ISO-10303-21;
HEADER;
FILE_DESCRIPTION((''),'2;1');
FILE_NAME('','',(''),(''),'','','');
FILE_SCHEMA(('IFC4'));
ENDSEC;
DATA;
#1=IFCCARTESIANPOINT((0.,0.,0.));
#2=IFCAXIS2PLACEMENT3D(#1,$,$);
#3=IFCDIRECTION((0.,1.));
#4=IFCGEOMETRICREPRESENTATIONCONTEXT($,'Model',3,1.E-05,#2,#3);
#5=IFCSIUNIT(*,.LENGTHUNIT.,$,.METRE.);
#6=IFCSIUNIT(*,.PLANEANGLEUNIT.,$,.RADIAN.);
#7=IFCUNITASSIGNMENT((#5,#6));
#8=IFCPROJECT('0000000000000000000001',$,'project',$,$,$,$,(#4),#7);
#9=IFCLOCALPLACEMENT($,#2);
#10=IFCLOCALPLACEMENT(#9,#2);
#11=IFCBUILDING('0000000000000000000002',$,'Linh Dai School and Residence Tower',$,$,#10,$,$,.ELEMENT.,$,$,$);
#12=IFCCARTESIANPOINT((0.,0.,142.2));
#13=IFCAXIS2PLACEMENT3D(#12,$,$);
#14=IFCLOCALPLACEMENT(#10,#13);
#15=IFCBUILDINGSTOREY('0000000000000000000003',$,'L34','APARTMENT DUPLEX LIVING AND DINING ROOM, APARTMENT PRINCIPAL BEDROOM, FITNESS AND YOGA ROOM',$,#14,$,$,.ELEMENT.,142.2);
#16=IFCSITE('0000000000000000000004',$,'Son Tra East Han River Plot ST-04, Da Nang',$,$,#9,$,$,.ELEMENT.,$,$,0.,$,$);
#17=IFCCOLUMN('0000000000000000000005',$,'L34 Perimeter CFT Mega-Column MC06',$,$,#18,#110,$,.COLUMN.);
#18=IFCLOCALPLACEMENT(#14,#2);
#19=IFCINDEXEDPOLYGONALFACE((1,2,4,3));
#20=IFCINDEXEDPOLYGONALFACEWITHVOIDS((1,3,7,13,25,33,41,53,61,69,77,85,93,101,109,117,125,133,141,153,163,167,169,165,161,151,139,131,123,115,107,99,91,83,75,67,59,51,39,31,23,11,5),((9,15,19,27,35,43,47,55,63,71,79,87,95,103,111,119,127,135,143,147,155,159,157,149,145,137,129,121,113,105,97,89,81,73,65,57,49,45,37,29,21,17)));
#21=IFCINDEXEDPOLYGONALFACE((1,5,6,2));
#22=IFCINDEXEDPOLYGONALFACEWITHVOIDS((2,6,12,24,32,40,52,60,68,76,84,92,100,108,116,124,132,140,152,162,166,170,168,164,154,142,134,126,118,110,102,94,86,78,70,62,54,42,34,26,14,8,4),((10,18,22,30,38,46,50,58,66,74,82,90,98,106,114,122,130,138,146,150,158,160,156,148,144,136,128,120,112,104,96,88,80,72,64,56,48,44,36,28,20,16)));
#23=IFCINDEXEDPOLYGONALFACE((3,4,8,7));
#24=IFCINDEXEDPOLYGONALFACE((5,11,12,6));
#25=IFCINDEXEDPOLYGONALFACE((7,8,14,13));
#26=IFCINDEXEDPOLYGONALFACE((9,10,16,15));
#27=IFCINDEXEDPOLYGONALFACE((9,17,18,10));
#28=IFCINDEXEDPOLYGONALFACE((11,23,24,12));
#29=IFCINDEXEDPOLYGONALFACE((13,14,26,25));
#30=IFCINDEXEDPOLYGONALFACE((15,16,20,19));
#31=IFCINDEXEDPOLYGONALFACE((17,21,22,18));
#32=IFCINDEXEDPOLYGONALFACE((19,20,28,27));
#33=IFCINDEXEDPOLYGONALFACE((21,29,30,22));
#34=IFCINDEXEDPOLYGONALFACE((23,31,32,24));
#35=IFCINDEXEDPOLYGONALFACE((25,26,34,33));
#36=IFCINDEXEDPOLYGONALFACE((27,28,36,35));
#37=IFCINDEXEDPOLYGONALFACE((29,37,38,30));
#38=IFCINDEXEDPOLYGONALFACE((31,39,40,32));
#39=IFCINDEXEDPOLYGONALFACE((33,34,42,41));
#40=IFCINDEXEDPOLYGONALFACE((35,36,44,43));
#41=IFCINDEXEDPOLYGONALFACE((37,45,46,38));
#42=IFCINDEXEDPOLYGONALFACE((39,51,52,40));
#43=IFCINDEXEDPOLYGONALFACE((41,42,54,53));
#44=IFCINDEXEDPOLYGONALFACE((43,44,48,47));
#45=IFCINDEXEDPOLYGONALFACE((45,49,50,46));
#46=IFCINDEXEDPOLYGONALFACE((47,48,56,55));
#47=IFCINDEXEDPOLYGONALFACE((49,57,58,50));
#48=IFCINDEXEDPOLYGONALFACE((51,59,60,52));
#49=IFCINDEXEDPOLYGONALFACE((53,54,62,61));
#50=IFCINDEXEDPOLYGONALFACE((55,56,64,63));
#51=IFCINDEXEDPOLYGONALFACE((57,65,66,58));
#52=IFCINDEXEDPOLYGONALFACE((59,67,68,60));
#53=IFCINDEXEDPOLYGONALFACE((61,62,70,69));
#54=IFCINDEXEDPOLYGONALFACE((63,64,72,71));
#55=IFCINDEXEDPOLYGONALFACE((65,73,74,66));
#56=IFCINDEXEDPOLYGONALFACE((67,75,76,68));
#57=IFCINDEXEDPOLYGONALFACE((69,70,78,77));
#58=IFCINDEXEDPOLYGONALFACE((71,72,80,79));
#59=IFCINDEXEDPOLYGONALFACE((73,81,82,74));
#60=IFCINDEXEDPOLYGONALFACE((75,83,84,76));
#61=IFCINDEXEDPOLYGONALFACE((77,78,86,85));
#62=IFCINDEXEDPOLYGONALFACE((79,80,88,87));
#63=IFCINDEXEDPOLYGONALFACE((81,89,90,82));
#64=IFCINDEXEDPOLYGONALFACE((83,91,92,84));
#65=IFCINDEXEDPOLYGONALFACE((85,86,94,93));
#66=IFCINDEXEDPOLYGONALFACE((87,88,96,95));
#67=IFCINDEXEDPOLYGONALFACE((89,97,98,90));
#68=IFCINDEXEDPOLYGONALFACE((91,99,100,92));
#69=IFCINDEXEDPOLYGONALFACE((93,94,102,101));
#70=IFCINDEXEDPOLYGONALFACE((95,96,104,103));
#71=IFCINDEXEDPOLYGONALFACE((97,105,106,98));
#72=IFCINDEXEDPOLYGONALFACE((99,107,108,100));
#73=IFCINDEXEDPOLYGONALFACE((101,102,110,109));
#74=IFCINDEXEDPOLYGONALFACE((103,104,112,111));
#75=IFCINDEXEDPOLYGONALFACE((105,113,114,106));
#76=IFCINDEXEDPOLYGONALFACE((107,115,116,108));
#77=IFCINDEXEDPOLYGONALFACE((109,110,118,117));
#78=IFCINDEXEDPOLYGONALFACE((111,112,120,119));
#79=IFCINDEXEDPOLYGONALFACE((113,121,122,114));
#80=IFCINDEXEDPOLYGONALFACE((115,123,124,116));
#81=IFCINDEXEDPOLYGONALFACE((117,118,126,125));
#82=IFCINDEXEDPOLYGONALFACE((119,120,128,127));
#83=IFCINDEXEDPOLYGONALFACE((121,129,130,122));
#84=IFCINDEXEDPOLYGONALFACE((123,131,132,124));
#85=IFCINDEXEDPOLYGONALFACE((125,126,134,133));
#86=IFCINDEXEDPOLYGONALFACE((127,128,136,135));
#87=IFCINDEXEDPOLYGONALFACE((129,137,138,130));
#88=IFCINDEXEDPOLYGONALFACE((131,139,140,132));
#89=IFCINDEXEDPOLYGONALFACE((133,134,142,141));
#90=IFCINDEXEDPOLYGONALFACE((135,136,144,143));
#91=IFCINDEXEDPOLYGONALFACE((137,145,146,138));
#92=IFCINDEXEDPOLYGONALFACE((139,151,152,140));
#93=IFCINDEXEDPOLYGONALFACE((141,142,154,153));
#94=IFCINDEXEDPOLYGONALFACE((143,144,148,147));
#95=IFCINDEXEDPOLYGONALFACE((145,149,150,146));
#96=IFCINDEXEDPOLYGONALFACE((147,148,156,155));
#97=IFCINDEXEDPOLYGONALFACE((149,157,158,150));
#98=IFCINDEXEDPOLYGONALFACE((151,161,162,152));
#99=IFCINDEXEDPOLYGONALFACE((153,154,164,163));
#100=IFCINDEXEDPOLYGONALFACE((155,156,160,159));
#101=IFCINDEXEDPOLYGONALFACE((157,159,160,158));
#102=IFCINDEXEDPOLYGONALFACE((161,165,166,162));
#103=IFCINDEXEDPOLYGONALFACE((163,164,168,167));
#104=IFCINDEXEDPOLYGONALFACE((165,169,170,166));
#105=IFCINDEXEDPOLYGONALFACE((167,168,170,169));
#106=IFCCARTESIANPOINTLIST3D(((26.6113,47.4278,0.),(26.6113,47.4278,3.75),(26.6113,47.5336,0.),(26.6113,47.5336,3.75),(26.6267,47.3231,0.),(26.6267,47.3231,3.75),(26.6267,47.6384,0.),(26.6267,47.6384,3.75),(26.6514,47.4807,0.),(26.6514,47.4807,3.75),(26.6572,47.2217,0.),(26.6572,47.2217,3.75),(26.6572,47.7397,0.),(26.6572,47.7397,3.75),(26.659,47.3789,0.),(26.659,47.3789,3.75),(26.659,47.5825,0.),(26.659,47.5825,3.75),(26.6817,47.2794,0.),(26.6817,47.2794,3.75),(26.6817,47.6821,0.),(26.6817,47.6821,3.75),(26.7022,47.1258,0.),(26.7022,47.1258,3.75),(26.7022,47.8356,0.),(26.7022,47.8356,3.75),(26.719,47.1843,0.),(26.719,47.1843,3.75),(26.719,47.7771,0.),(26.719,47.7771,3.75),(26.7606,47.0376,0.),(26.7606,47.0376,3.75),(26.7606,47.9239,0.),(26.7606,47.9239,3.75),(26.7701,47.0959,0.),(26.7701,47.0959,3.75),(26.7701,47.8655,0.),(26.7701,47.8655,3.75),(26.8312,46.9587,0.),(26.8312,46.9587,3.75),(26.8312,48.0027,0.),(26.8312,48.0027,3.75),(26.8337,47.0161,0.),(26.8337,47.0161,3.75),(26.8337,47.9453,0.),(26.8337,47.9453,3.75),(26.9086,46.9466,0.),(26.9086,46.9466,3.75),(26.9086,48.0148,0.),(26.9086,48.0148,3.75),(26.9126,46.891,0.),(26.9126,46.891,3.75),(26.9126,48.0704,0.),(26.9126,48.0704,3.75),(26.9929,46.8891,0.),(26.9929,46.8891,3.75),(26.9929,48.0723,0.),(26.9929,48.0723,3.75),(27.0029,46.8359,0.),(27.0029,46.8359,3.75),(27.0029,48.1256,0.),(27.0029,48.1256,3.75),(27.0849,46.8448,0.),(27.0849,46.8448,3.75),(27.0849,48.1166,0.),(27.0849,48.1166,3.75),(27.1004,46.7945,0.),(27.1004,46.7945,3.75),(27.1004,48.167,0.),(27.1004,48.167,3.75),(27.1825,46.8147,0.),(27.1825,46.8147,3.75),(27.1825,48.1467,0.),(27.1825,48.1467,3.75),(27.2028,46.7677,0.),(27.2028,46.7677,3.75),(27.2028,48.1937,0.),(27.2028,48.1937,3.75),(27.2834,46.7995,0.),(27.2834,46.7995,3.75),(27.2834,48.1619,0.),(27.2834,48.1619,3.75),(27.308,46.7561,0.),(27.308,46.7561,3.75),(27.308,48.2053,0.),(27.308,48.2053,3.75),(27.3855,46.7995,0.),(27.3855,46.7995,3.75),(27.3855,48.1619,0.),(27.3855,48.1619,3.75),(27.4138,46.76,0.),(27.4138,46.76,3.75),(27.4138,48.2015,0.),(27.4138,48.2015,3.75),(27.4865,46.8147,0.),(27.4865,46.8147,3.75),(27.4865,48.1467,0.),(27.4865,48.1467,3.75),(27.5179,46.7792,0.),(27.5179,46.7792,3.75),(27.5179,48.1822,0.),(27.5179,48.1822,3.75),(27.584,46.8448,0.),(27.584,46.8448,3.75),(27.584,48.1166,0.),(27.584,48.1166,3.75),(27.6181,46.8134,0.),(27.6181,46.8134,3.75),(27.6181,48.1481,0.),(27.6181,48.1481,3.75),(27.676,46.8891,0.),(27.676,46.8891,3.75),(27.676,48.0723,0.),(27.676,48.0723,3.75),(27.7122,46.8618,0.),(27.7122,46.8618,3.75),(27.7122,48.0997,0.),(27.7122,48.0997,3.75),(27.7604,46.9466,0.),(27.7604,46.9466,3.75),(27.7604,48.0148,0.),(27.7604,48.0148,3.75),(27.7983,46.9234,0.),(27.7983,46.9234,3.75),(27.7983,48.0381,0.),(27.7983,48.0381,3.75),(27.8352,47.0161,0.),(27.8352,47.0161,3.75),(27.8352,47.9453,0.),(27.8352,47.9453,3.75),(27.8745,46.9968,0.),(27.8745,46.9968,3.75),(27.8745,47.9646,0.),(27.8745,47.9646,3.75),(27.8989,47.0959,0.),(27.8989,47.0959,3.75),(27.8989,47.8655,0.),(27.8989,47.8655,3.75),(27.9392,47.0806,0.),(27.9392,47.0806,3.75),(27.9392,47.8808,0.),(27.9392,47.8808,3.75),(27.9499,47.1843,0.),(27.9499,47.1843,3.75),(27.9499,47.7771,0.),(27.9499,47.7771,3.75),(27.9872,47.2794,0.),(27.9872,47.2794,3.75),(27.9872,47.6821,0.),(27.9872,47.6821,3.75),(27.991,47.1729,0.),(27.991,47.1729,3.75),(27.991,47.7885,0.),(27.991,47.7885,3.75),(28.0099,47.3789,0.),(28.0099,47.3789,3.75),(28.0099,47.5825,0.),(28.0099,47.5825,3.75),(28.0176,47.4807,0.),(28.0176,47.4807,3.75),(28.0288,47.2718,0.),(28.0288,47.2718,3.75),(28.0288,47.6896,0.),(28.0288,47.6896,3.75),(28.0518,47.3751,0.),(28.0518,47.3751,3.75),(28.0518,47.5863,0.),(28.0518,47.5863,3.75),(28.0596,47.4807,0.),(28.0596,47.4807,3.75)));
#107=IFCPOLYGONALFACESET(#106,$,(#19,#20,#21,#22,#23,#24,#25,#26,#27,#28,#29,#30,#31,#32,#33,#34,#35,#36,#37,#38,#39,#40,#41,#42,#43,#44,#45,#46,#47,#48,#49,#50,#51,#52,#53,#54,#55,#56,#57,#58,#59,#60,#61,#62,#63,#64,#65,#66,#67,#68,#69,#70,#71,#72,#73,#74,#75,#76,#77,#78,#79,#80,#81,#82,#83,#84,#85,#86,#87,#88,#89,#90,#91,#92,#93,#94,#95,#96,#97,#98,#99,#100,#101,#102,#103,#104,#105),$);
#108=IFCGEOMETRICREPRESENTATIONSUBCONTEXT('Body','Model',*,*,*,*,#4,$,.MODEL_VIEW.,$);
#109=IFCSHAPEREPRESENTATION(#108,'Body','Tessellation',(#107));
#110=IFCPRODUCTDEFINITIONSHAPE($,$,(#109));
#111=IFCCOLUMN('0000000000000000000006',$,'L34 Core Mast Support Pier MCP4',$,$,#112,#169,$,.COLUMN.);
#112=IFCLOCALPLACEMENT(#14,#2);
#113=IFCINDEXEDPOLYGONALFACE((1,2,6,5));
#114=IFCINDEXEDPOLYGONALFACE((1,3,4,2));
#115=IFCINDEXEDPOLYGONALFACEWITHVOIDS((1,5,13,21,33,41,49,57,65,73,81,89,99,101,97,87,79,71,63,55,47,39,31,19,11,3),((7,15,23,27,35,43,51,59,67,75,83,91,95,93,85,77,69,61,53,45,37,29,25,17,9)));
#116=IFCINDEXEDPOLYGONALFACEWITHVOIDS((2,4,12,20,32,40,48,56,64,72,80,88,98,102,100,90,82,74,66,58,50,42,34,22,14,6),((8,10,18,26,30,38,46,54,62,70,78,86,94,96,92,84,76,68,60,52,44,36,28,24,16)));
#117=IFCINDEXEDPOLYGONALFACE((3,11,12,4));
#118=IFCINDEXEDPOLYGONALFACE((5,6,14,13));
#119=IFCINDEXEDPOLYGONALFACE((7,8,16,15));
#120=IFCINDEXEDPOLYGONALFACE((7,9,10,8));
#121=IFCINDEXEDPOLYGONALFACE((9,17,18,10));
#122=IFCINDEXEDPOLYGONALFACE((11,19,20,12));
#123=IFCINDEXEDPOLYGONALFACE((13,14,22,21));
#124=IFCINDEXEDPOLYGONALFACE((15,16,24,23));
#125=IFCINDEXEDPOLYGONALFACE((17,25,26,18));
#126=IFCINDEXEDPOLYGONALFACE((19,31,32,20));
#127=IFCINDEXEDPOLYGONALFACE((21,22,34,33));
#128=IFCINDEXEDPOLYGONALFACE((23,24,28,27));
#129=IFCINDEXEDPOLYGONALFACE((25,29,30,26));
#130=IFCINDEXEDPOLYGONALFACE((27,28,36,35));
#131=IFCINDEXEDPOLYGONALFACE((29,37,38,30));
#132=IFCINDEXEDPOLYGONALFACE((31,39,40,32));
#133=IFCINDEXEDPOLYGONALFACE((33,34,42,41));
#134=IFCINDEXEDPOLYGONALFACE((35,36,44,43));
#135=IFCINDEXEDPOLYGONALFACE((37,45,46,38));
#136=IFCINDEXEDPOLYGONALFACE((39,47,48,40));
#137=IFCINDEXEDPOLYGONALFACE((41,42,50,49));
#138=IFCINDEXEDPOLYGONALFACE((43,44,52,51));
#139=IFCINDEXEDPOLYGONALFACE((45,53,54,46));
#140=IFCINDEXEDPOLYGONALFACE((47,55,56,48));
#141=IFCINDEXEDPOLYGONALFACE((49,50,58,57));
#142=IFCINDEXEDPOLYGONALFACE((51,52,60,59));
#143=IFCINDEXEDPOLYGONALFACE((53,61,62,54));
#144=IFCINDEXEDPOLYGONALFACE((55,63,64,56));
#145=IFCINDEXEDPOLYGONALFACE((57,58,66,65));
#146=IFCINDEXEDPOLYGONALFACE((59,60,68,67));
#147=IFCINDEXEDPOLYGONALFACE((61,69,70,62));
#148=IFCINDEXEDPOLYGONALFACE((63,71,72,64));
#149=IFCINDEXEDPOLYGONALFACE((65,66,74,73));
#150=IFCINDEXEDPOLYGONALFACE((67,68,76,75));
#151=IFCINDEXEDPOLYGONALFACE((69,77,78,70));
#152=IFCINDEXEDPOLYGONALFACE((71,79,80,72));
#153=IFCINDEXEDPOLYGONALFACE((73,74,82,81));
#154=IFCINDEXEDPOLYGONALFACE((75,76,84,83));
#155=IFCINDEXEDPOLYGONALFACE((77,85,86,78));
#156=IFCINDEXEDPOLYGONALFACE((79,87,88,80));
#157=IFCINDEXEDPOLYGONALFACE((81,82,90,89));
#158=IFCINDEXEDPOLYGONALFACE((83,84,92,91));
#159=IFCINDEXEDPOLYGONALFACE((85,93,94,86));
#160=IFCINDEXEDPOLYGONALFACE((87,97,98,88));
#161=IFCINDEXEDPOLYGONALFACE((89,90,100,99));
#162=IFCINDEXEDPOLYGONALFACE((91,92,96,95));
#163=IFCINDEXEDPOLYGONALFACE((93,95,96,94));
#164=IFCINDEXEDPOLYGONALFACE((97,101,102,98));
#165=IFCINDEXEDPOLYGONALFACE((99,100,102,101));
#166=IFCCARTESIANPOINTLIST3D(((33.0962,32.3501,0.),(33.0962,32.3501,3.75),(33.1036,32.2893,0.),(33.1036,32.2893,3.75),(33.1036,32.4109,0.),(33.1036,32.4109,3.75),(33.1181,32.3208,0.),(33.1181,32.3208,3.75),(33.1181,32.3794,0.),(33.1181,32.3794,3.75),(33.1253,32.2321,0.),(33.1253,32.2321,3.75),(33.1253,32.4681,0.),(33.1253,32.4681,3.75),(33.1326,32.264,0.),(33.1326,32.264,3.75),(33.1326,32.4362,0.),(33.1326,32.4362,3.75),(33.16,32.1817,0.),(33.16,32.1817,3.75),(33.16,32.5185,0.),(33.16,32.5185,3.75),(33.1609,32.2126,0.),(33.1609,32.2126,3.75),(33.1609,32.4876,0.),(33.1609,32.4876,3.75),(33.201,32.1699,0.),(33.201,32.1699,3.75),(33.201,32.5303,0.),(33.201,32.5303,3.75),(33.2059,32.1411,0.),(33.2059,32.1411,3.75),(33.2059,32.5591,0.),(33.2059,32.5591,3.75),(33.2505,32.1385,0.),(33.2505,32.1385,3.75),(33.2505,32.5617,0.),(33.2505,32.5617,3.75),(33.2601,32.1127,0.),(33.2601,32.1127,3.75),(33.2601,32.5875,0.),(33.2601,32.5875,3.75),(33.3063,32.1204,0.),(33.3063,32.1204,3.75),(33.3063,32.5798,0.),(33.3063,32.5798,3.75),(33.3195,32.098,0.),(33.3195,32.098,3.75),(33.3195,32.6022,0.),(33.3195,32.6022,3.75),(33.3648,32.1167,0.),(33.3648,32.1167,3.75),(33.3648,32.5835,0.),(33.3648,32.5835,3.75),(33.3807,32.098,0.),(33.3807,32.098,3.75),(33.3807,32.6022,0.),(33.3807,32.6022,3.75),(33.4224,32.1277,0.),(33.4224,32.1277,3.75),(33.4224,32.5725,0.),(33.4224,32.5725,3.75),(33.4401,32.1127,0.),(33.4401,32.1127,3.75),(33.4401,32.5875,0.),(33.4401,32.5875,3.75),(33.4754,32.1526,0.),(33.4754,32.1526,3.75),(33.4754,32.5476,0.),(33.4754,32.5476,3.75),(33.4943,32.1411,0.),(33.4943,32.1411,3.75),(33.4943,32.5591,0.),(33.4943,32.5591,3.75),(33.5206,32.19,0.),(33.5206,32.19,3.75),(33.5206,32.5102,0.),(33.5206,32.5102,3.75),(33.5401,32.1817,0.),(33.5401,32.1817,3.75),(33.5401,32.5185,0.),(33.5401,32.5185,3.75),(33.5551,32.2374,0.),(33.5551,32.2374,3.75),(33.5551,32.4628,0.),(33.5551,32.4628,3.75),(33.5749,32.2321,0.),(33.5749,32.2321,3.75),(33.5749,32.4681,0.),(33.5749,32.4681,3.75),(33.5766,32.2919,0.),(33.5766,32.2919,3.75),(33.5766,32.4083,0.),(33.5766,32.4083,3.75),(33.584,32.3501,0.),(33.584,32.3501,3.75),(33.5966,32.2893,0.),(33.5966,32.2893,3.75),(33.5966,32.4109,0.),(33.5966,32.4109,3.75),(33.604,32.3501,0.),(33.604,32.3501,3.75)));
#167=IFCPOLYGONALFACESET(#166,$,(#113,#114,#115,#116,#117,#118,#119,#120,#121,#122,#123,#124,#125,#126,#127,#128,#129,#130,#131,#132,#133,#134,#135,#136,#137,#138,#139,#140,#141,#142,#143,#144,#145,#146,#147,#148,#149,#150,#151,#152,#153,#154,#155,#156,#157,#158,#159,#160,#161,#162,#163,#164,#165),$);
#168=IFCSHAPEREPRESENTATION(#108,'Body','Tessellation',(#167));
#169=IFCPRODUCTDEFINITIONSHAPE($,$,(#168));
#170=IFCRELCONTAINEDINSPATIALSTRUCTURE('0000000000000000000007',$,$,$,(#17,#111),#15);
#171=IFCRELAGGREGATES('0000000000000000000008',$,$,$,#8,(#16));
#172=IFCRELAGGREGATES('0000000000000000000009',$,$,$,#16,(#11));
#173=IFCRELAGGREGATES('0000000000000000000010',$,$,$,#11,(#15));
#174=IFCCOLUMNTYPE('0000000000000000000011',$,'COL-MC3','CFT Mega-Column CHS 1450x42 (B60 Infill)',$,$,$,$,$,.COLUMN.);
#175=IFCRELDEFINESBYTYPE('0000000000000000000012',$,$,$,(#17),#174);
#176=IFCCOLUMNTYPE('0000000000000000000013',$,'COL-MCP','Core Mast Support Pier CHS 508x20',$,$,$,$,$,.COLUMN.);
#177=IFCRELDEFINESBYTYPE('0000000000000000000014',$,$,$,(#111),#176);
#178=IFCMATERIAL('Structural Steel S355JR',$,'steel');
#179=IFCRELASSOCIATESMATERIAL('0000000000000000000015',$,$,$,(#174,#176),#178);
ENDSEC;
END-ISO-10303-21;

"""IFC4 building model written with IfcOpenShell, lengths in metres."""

from ifc_helpers import new_model, si_unit, direction, frame, origin, origin_2d, place, context, subcontext, project, spatial, hollow_circle, extrude, material, material_profile, profile_set, type_object, element, save


model = new_model("IFC4")

# Units and contexts
model_context = context("Model", 3, precision=1e-05, world=origin(), true_north=direction((0.0, 1.0)))
body_context = subcontext(model_context, "Body", "Model", "MODEL_VIEW")
ifc_project = project(units=[si_unit("LENGTHUNIT", "METRE"), si_unit("PLANEANGLEUNIT", "RADIAN")], contexts=[model_context])

# Site, building, storey
site_placement = place(None, origin())
site = spatial("IfcSite", under=ifc_project, at=site_placement, Name="Son Tra East Han River Plot ST-04, Da Nang", CompositionType="ELEMENT", RefElevation=0.0)
building_placement = place(site_placement, origin())
building = spatial("IfcBuilding", under=site, at=building_placement, Name="Linh Dai School and Residence Tower", CompositionType="ELEMENT")
storey_placement = place(building_placement, frame((0.0, 0.0, 142.2)))
storey = spatial("IfcBuildingStorey", under=building, at=storey_placement, Name="L34", Description="APARTMENT DUPLEX LIVING AND DINING ROOM, APARTMENT PRINCIPAL BEDROOM, FITNESS AND YOGA ROOM", CompositionType="ELEMENT", Elevation=142.2)

# Columns
ifc_material_1 = material(Name="Structural Steel S355JR", Category="steel")
ifc_material_profile_1 = material_profile(ifc_material_1, hollow_circle(Radius=0.7251, WallThickness=0.042, at=origin_2d()), Name="CHS 1450x42")
ifc_profile_set_1 = profile_set([ifc_material_profile_1], Name="Structural Steel S355JR")
column_type_1 = type_object("IfcColumnType", Name="COL-MC3", Description="CFT Mega-Column CHS 1450x42 (B60 Infill)", PredefinedType="COLUMN", material=ifc_profile_set_1)
for number, where, z_axis, x_axis, name in (
    (1, (27.3345, 47.4807, 0.0), (0.0, 0.0, 1.0), (1.0, 0.0, 0.0), "L34 Perimeter CFT Mega-Column MC06"),
):
    element("IfcColumn", number, at=place(storey_placement, frame(where, z_axis=z_axis, x_axis=x_axis)), inside=storey, type_object=column_type_1, Name=name, PredefinedType="COLUMN", context=body_context, shape_type="SweptSolid", body=[
        extrude(hollow_circle(Radius=0.7251, WallThickness=0.042, at=origin_2d()), origin(), (0.0, 0.0, 1.0), 3.75),
    ])
ifc_material_profile_2 = material_profile(ifc_material_1, hollow_circle(Radius=0.2539, WallThickness=0.02, at=origin_2d()), Name="CHS 508x20")
ifc_profile_set_2 = profile_set([ifc_material_profile_2], Name="Structural Steel S355JR")
column_type_2 = type_object("IfcColumnType", Name="COL-MCP", Description="Core Mast Support Pier CHS 508x20", PredefinedType="COLUMN", material=ifc_profile_set_2)
column_1_placement = place(storey_placement, frame((33.3501, 32.3501, 0.0), z_axis=(0.0, 0.0, 1.0), x_axis=(1.0, 0.0, 0.0)))
element("IfcColumn", 2, at=column_1_placement, inside=storey, type_object=column_type_2, Name="L34 Core Mast Support Pier MCP4", PredefinedType="COLUMN", context=body_context, shape_type="SweptSolid", body=[
    extrude(hollow_circle(Radius=0.2539, WallThickness=0.02, at=origin_2d()), origin(), (0.0, 0.0, 1.0), 3.75),
])

save(model, "model.ifc")
